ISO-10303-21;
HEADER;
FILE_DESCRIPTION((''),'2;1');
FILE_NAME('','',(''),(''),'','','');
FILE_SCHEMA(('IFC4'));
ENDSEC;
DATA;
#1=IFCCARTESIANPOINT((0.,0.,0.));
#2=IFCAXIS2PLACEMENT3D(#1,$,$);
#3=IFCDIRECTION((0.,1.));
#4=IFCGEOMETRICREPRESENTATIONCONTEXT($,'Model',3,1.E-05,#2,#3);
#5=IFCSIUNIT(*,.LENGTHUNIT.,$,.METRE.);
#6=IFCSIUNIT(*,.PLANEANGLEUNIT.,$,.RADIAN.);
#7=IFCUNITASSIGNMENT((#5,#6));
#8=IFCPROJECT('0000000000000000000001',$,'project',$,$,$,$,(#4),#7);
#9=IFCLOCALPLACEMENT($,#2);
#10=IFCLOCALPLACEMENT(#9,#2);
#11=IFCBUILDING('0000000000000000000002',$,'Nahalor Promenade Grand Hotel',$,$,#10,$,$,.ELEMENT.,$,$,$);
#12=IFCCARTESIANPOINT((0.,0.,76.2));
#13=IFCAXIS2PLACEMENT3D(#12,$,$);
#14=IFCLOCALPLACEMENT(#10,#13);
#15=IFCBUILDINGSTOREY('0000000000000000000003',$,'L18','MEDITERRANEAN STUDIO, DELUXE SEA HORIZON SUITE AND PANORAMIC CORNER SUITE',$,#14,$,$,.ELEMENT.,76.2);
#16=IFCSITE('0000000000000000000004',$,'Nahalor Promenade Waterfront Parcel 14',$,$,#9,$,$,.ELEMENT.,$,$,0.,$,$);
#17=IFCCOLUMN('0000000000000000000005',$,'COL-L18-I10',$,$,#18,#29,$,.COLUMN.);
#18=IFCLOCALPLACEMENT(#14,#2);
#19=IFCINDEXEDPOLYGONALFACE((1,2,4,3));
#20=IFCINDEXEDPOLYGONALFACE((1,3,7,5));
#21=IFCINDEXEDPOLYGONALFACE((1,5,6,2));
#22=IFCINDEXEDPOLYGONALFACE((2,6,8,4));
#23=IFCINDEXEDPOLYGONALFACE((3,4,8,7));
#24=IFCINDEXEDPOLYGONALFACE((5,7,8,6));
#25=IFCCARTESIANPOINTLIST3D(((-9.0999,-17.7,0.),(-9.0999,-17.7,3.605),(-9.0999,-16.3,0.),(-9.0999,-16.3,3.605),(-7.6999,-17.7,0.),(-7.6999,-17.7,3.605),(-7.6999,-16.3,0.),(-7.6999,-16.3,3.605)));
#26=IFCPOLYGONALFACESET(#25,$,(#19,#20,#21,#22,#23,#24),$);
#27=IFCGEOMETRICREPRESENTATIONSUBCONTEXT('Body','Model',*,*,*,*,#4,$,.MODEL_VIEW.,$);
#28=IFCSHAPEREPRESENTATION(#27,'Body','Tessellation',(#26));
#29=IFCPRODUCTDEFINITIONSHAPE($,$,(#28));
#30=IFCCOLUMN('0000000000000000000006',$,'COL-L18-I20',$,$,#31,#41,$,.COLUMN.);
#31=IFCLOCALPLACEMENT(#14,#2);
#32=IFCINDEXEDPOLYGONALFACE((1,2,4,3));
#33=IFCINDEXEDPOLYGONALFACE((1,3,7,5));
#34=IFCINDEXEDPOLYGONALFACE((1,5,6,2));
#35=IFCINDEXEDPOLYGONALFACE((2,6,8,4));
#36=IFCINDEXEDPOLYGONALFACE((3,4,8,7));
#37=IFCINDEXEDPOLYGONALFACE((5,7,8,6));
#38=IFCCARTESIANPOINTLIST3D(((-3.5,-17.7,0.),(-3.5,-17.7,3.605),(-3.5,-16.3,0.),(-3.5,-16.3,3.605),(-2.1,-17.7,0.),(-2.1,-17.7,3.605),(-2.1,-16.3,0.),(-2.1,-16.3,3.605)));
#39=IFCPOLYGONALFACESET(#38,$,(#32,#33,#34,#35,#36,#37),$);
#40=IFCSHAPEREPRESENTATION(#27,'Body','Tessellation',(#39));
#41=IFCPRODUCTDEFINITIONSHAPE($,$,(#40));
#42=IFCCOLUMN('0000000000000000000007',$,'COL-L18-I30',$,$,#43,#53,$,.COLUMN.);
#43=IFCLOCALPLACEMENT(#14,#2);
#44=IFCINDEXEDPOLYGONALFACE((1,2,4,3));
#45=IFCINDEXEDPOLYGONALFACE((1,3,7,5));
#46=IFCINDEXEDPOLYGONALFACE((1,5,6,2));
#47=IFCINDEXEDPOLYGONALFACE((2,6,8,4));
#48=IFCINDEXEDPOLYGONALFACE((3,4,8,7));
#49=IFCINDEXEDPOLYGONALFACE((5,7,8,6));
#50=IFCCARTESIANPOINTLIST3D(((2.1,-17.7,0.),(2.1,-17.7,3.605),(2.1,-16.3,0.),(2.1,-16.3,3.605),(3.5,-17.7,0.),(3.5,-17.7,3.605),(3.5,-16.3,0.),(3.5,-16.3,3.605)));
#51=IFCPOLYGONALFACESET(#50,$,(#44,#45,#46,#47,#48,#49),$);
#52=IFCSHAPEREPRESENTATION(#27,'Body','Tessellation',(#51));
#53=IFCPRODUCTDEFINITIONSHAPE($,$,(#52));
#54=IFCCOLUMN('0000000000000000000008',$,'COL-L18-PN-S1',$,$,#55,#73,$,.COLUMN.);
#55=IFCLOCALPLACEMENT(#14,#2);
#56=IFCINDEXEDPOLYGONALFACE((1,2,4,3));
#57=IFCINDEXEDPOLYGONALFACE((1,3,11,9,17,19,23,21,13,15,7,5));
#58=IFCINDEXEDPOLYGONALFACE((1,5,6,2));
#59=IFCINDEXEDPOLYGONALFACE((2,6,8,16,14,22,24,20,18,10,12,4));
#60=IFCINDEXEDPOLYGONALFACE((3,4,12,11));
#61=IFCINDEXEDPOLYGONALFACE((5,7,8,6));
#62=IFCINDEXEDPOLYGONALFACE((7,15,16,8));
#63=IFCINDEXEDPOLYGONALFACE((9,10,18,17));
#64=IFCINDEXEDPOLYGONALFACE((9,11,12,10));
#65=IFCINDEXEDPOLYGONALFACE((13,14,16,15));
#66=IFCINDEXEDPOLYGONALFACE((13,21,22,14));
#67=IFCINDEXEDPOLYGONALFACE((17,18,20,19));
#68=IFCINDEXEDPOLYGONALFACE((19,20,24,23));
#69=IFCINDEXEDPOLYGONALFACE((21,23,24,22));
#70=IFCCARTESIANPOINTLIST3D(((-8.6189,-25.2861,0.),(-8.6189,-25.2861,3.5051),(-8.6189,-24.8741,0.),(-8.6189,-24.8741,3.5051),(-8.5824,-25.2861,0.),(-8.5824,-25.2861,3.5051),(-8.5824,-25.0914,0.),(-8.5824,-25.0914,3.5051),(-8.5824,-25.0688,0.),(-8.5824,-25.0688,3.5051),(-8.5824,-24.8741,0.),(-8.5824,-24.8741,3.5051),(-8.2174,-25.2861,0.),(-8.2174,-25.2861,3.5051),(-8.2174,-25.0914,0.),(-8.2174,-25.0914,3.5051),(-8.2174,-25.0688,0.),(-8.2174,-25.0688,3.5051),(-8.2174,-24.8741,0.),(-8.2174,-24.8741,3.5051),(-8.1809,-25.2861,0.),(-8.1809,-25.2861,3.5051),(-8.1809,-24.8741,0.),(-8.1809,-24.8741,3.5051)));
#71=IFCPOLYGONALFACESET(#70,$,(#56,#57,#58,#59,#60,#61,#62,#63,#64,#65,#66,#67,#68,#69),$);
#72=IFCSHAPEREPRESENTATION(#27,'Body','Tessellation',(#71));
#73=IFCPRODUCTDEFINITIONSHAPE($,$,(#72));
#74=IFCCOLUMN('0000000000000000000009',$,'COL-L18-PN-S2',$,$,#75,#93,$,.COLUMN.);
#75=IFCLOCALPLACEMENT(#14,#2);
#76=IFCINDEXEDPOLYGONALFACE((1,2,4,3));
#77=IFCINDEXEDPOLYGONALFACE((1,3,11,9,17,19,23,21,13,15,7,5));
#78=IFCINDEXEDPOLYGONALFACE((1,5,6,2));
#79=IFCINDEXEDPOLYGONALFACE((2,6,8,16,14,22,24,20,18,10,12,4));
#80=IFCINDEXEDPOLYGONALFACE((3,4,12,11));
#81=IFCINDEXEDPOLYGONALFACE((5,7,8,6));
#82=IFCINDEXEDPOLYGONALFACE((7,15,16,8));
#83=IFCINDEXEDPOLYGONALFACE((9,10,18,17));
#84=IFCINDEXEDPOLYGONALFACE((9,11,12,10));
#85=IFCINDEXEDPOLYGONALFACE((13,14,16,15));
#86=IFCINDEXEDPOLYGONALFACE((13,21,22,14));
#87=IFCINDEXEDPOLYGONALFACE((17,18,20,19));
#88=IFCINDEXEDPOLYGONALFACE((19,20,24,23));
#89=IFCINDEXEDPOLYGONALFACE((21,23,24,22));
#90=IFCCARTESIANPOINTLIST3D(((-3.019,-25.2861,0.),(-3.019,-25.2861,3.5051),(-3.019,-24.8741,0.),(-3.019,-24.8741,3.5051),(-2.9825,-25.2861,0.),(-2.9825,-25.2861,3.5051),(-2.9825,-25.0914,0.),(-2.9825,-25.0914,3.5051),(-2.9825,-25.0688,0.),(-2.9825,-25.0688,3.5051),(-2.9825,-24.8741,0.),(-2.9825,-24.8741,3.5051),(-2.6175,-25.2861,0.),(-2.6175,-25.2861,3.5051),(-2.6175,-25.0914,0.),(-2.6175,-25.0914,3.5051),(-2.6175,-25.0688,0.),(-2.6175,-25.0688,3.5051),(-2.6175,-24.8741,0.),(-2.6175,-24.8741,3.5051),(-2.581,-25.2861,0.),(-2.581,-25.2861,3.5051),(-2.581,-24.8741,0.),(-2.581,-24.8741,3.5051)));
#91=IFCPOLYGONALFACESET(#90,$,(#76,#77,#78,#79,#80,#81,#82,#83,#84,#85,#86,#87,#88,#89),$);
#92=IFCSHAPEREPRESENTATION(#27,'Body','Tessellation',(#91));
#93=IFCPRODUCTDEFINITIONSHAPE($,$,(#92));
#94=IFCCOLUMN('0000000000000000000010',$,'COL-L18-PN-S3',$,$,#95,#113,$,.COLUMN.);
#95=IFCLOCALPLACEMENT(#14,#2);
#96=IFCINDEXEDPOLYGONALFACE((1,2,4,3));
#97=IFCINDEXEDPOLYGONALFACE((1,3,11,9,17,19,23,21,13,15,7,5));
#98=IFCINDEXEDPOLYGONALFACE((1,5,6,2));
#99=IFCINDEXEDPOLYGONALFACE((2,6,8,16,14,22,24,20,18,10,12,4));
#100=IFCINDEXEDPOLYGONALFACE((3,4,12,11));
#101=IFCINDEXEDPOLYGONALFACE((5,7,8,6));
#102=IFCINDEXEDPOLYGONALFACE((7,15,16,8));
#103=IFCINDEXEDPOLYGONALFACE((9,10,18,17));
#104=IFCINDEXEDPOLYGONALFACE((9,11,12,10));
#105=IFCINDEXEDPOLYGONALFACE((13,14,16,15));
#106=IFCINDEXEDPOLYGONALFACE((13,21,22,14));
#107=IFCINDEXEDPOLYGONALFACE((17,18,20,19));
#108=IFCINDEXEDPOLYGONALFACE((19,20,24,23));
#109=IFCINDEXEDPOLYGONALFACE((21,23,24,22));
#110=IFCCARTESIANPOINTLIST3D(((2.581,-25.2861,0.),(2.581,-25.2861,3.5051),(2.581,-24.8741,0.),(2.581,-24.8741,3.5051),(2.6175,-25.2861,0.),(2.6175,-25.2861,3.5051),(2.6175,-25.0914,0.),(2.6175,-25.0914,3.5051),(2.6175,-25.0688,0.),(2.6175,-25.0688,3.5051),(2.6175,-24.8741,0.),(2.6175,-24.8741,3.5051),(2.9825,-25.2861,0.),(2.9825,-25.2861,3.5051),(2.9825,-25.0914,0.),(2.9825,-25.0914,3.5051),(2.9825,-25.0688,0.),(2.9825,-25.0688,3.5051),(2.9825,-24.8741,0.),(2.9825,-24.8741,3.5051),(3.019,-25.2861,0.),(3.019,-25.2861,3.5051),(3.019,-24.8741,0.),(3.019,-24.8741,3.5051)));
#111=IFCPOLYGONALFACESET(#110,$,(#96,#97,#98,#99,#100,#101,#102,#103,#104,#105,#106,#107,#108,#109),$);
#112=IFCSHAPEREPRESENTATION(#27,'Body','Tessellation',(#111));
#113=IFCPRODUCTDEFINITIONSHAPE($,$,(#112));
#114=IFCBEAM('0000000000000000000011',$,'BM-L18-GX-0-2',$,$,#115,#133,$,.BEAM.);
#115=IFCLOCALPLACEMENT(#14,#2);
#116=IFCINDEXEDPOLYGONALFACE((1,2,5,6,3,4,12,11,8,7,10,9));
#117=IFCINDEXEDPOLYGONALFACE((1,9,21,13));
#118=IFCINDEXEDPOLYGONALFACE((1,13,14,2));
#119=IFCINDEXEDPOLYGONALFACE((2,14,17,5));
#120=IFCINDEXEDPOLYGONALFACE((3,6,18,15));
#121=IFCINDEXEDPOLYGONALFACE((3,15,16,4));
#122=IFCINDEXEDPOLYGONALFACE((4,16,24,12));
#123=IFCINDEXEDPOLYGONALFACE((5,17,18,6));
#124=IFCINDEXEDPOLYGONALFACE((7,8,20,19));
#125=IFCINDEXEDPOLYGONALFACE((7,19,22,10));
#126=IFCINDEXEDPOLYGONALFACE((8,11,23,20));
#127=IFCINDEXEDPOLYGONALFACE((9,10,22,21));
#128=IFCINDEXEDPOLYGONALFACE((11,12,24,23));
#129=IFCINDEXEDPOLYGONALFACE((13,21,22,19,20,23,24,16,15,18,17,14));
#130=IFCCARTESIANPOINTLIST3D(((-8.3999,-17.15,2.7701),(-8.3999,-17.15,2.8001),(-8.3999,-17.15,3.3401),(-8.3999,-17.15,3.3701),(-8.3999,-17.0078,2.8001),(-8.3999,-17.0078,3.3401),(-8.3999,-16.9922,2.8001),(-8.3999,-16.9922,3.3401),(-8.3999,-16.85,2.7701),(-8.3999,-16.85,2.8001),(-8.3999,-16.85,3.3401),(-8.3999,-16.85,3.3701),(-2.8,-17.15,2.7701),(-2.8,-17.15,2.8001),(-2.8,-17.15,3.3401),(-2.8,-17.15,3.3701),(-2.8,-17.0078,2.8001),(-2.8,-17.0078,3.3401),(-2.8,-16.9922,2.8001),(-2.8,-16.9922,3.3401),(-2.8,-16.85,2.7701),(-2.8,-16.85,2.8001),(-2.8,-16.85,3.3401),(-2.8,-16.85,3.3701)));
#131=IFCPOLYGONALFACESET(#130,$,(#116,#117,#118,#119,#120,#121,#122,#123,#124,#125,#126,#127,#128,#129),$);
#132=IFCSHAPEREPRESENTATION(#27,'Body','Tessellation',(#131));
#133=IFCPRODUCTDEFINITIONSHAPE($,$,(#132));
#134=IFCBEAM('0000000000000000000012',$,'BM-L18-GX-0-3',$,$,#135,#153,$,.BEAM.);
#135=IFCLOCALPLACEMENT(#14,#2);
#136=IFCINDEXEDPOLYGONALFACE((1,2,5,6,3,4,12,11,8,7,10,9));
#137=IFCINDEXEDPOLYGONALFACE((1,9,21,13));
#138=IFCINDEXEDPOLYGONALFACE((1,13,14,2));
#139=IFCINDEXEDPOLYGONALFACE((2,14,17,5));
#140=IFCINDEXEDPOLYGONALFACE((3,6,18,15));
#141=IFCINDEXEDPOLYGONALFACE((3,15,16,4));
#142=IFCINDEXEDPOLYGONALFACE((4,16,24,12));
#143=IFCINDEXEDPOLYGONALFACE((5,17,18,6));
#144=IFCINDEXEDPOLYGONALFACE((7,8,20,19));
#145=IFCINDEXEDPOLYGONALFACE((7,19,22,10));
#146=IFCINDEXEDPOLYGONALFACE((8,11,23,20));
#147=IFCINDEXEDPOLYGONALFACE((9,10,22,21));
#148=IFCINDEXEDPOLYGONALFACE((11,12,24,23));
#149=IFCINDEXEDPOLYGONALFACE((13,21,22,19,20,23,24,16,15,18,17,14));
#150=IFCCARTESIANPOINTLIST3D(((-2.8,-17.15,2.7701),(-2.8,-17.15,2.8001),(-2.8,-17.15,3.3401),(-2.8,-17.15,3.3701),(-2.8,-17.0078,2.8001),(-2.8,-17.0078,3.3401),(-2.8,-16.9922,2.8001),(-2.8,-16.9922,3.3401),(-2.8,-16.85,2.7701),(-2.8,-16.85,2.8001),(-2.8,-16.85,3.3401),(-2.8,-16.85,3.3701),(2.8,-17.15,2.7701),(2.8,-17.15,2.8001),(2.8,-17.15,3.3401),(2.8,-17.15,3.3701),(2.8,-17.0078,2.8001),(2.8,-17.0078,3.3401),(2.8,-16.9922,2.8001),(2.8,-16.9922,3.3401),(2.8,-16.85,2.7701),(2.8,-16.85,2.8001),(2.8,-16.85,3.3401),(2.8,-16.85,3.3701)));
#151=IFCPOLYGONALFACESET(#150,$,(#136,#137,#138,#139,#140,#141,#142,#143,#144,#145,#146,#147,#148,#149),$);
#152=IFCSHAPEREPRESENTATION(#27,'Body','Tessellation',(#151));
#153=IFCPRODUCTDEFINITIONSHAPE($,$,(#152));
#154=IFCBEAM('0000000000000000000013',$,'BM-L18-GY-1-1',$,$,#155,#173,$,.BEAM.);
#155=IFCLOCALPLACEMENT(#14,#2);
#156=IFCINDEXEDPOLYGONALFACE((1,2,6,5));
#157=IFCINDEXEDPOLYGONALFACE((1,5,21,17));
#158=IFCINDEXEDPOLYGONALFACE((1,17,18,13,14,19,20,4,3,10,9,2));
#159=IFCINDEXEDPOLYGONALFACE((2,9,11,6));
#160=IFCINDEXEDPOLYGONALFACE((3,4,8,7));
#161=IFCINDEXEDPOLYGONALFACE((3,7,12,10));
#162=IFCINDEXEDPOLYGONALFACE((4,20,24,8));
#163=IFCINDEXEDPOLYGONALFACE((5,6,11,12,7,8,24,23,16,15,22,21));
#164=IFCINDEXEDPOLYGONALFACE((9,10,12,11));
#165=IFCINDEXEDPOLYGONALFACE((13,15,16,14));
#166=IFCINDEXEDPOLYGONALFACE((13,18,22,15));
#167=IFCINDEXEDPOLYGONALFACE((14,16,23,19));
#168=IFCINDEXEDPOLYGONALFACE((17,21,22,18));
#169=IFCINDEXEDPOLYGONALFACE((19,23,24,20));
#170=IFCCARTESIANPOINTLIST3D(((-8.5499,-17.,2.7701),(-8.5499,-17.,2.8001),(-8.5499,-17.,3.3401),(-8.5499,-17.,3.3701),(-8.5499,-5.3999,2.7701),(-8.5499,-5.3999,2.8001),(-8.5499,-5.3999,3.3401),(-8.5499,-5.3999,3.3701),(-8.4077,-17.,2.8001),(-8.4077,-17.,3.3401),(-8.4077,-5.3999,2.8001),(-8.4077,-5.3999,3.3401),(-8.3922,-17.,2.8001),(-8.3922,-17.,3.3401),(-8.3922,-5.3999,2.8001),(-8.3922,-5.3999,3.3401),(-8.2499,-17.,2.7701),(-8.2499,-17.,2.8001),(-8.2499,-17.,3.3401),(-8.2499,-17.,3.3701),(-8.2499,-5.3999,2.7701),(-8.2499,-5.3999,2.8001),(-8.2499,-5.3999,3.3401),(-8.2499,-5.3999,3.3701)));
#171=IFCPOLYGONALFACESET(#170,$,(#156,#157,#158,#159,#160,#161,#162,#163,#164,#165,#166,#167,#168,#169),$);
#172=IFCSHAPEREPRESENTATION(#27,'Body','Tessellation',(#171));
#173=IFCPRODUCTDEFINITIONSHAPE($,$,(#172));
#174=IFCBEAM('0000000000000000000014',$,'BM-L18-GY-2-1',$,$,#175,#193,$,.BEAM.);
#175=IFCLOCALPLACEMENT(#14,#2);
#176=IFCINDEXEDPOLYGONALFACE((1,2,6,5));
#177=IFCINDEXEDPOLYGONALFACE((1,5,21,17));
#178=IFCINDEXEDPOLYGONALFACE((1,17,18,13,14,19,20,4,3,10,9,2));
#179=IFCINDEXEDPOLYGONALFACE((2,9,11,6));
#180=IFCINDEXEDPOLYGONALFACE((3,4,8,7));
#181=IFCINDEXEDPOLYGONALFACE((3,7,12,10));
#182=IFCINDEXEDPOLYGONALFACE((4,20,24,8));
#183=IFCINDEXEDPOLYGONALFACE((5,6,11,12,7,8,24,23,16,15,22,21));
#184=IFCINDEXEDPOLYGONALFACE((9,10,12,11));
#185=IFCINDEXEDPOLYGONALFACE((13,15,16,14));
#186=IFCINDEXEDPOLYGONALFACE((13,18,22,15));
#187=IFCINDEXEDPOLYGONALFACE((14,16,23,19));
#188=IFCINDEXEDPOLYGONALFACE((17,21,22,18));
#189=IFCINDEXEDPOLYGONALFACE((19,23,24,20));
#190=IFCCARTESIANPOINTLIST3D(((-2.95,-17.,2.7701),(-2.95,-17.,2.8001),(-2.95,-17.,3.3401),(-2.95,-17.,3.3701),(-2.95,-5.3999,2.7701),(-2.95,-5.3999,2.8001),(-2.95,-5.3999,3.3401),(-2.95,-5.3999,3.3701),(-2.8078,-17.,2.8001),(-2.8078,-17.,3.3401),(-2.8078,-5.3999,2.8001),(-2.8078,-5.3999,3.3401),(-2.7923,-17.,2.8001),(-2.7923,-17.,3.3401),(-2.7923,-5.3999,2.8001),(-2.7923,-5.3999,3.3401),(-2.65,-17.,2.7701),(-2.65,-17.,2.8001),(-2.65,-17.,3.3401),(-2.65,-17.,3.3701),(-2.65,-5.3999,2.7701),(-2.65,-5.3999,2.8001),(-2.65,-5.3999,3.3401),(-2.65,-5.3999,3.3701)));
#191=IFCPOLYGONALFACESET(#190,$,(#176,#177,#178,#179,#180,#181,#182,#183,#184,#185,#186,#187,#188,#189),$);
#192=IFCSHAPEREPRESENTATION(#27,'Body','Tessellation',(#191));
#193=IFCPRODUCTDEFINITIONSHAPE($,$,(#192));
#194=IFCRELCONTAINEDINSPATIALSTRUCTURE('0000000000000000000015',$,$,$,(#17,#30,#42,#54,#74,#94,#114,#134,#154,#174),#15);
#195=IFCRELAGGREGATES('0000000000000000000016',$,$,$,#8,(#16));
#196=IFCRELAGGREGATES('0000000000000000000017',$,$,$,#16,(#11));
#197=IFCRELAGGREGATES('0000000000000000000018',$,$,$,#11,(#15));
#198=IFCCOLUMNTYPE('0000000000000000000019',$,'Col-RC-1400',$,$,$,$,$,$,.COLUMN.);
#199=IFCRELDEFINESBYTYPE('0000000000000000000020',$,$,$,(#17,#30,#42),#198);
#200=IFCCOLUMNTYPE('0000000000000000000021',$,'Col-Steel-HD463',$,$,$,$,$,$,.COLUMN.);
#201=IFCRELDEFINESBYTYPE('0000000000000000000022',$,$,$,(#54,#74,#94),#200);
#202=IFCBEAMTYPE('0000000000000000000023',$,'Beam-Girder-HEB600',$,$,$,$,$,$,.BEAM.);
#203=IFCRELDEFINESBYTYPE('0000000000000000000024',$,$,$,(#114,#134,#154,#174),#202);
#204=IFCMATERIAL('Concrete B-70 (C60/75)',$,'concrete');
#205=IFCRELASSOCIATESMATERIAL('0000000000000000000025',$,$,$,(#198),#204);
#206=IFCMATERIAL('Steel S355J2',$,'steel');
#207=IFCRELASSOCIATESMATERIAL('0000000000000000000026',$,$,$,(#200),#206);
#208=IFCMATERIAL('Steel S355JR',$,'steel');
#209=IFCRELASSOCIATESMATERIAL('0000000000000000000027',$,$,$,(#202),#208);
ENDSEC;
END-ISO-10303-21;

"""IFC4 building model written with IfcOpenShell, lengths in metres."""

from ifc_helpers import new_model, si_unit, direction, frame, origin, origin_2d, place, context, subcontext, project, spatial, rectangle, i_section, extrude, source, transform, mapped, material, material_profile, profile_set, type_object, element, save


model = new_model("IFC4")

# Units and contexts
model_context = context("Model", 3, precision=1e-05, world=origin(), true_north=direction((0.0, 1.0)))
body_context = subcontext(model_context, "Body", "Model", "MODEL_VIEW")
ifc_project = project(units=[si_unit("LENGTHUNIT", "METRE"), si_unit("PLANEANGLEUNIT", "RADIAN")], contexts=[model_context])

# Site, building, storey
site_placement = place(None, origin())
site = spatial("IfcSite", under=ifc_project, at=site_placement, Name="Nahalor Promenade Waterfront Parcel 14", CompositionType="ELEMENT", RefElevation=0.0)
building_placement = place(site_placement, origin())
building = spatial("IfcBuilding", under=site, at=building_placement, Name="Nahalor Promenade Grand Hotel", CompositionType="ELEMENT")
storey_placement = place(building_placement, frame((0.0, 0.0, 76.2)))
storey = spatial("IfcBuildingStorey", under=building, at=storey_placement, Name="L18", Description="MEDITERRANEAN STUDIO, DELUXE SEA HORIZON SUITE AND PANORAMIC CORNER SUITE", CompositionType="ELEMENT", Elevation=76.2)

# Columns
ifc_material_1 = material(Name="Concrete B-70 (C60/75)", Category="concrete")
ifc_material_profile_1 = material_profile(ifc_material_1, rectangle(XDim=1.4, YDim=1.4, at=origin_2d()), Name="RC 1400x1400")
ifc_profile_set_1 = profile_set([ifc_material_profile_1], Name="Concrete B-70 (C60/75)")
column_type_1 = type_object("IfcColumnType", Name="Col-RC-1400", PredefinedType="COLUMN", material=ifc_profile_set_1)
shared_shape_1 = source(origin(), body_context, "Body", "SweptSolid", [
    extrude(rectangle(XDim=1.4, YDim=1.4, at=origin_2d()), origin(), (0.0, 0.0, 1.0), 3.605),
])
for number, where, z_axis, x_axis, name in (
    (1, (-8.3999, -17.0, 0.0), (0.0, 0.0, 1.0), (1.0, 0.0, 0.0), "COL-L18-I10"),
    (2, (-2.8, -17.0, 0.0), (0.0, 0.0, 1.0), (1.0, 0.0, 0.0), "COL-L18-I20"),
    (3, (2.8, -17.0, 0.0), (0.0, 0.0, 1.0), (1.0, 0.0, 0.0), "COL-L18-I30"),
):
    element("IfcColumn", number, at=place(storey_placement, frame(where, z_axis=z_axis, x_axis=x_axis)), inside=storey, type_object=column_type_1, Name=name, PredefinedType="COLUMN", context=body_context, shape_type="MappedRepresentation", body=[
        mapped(shared_shape_1, transform((0.0, 0.0, 0.0), scale=1.0)),
    ])
ifc_material_2 = material(Name="Steel S355J2", Category="steel")
ifc_material_profile_2 = material_profile(ifc_material_2, i_section(OverallWidth=0.412, OverallDepth=0.438, WebThickness=0.0226, FlangeThickness=0.0365, at=origin_2d()), Name="HD 400x463")
ifc_profile_set_2 = profile_set([ifc_material_profile_2], Name="Steel S355J2")
column_type_2 = type_object("IfcColumnType", Name="Col-Steel-HD463", PredefinedType="COLUMN", material=ifc_profile_set_2)
shared_shape_2 = source(origin(), body_context, "Body", "SweptSolid", [
    extrude(i_section(OverallWidth=0.412, OverallDepth=0.438, WebThickness=0.0226, FlangeThickness=0.0365, at=origin_2d()), origin(), (0.0, 0.0, 1.0), 3.5051),
])
for number, where, z_axis, x_axis, name in (
    (4, (-8.3999, -25.0801, 0.0), (0.0, 0.0, 1.0), (0.0, 1.0, 0.0), "COL-L18-PN-S1"),
    (5, (-2.8, -25.0801, 0.0), (0.0, 0.0, 1.0), (0.0, 1.0, 0.0), "COL-L18-PN-S2"),
    (6, (2.8, -25.0801, 0.0), (0.0, 0.0, 1.0), (0.0, 1.0, 0.0), "COL-L18-PN-S3"),
):
    element("IfcColumn", number, at=place(storey_placement, frame(where, z_axis=z_axis, x_axis=x_axis)), inside=storey, type_object=column_type_2, Name=name, PredefinedType="COLUMN", context=body_context, shape_type="MappedRepresentation", body=[
        mapped(shared_shape_2, transform((0.0, 0.0, 0.0), scale=1.0)),
    ])

# Beams
ifc_material_3 = material(Name="Steel S355JR", Category="steel")
ifc_material_profile_3 = material_profile(ifc_material_3, i_section(OverallWidth=0.3, OverallDepth=0.6, WebThickness=0.0155, FlangeThickness=0.03, at=origin_2d()), Name="HEB 600")
ifc_profile_set_3 = profile_set([ifc_material_profile_3], Name="Steel S355JR")
beam_type_1 = type_object("IfcBeamType", Name="Beam-Girder-HEB600", PredefinedType="BEAM", material=ifc_profile_set_3)
shared_shape_3 = source(origin(), body_context, "Body", "SweptSolid", [
    extrude(i_section(OverallWidth=0.3, OverallDepth=0.6, WebThickness=0.0155, FlangeThickness=0.03, at=origin_2d()), origin(), (0.0, 0.0, 1.0), 5.5999),
])
beam_1_placement = place(storey_placement, frame((-8.3999, -17.0, 3.0701), z_axis=(1.0, 0.0, 0.0), x_axis=(0.0, 1.0, 0.0)))
element("IfcBeam", 7, at=beam_1_placement, inside=storey, type_object=beam_type_1, Name="BM-L18-GX-0-2", PredefinedType="BEAM", context=body_context, shape_type="MappedRepresentation", body=[
    mapped(shared_shape_3, transform((0.0, 0.0, 0.0), scale=1.0)),
])
shared_shape_4 = source(origin(), body_context, "Body", "SweptSolid", [
    extrude(i_section(OverallWidth=0.3, OverallDepth=0.6, WebThickness=0.0155, FlangeThickness=0.03, at=origin_2d()), origin(), (0.0, 0.0, 1.0), 5.6001),
])
beam_2_placement = place(storey_placement, frame((-2.8, -17.0, 3.0701), z_axis=(1.0, 0.0, 0.0), x_axis=(0.0, 1.0, 0.0)))
element("IfcBeam", 8, at=beam_2_placement, inside=storey, type_object=beam_type_1, Name="BM-L18-GX-0-3", PredefinedType="BEAM", context=body_context, shape_type="MappedRepresentation", body=[
    mapped(shared_shape_4, transform((0.0, 0.0, 0.0), scale=1.0)),
])
shared_shape_5 = source(origin(), body_context, "Body", "SweptSolid", [
    extrude(i_section(OverallWidth=0.3, OverallDepth=0.6, WebThickness=0.0155, FlangeThickness=0.03, at=origin_2d()), origin(), (0.0, 0.0, 1.0), 11.6001),
])
for number, where, z_axis, x_axis, name in (
    (9, (-8.3999, -17.0, 3.0701), (0.0, 1.0, 0.0), (-1.0, 0.0, 0.0), "BM-L18-GY-1-1"),
    (10, (-2.8, -17.0, 3.0701), (0.0, 1.0, 0.0), (-1.0, 0.0, 0.0), "BM-L18-GY-2-1"),
):
    element("IfcBeam", number, at=place(storey_placement, frame(where, z_axis=z_axis, x_axis=x_axis)), inside=storey, type_object=beam_type_1, Name=name, PredefinedType="BEAM", context=body_context, shape_type="MappedRepresentation", body=[
        mapped(shared_shape_5, transform((0.0, 0.0, 0.0), scale=1.0)),
    ])

save(model, "model.ifc")
